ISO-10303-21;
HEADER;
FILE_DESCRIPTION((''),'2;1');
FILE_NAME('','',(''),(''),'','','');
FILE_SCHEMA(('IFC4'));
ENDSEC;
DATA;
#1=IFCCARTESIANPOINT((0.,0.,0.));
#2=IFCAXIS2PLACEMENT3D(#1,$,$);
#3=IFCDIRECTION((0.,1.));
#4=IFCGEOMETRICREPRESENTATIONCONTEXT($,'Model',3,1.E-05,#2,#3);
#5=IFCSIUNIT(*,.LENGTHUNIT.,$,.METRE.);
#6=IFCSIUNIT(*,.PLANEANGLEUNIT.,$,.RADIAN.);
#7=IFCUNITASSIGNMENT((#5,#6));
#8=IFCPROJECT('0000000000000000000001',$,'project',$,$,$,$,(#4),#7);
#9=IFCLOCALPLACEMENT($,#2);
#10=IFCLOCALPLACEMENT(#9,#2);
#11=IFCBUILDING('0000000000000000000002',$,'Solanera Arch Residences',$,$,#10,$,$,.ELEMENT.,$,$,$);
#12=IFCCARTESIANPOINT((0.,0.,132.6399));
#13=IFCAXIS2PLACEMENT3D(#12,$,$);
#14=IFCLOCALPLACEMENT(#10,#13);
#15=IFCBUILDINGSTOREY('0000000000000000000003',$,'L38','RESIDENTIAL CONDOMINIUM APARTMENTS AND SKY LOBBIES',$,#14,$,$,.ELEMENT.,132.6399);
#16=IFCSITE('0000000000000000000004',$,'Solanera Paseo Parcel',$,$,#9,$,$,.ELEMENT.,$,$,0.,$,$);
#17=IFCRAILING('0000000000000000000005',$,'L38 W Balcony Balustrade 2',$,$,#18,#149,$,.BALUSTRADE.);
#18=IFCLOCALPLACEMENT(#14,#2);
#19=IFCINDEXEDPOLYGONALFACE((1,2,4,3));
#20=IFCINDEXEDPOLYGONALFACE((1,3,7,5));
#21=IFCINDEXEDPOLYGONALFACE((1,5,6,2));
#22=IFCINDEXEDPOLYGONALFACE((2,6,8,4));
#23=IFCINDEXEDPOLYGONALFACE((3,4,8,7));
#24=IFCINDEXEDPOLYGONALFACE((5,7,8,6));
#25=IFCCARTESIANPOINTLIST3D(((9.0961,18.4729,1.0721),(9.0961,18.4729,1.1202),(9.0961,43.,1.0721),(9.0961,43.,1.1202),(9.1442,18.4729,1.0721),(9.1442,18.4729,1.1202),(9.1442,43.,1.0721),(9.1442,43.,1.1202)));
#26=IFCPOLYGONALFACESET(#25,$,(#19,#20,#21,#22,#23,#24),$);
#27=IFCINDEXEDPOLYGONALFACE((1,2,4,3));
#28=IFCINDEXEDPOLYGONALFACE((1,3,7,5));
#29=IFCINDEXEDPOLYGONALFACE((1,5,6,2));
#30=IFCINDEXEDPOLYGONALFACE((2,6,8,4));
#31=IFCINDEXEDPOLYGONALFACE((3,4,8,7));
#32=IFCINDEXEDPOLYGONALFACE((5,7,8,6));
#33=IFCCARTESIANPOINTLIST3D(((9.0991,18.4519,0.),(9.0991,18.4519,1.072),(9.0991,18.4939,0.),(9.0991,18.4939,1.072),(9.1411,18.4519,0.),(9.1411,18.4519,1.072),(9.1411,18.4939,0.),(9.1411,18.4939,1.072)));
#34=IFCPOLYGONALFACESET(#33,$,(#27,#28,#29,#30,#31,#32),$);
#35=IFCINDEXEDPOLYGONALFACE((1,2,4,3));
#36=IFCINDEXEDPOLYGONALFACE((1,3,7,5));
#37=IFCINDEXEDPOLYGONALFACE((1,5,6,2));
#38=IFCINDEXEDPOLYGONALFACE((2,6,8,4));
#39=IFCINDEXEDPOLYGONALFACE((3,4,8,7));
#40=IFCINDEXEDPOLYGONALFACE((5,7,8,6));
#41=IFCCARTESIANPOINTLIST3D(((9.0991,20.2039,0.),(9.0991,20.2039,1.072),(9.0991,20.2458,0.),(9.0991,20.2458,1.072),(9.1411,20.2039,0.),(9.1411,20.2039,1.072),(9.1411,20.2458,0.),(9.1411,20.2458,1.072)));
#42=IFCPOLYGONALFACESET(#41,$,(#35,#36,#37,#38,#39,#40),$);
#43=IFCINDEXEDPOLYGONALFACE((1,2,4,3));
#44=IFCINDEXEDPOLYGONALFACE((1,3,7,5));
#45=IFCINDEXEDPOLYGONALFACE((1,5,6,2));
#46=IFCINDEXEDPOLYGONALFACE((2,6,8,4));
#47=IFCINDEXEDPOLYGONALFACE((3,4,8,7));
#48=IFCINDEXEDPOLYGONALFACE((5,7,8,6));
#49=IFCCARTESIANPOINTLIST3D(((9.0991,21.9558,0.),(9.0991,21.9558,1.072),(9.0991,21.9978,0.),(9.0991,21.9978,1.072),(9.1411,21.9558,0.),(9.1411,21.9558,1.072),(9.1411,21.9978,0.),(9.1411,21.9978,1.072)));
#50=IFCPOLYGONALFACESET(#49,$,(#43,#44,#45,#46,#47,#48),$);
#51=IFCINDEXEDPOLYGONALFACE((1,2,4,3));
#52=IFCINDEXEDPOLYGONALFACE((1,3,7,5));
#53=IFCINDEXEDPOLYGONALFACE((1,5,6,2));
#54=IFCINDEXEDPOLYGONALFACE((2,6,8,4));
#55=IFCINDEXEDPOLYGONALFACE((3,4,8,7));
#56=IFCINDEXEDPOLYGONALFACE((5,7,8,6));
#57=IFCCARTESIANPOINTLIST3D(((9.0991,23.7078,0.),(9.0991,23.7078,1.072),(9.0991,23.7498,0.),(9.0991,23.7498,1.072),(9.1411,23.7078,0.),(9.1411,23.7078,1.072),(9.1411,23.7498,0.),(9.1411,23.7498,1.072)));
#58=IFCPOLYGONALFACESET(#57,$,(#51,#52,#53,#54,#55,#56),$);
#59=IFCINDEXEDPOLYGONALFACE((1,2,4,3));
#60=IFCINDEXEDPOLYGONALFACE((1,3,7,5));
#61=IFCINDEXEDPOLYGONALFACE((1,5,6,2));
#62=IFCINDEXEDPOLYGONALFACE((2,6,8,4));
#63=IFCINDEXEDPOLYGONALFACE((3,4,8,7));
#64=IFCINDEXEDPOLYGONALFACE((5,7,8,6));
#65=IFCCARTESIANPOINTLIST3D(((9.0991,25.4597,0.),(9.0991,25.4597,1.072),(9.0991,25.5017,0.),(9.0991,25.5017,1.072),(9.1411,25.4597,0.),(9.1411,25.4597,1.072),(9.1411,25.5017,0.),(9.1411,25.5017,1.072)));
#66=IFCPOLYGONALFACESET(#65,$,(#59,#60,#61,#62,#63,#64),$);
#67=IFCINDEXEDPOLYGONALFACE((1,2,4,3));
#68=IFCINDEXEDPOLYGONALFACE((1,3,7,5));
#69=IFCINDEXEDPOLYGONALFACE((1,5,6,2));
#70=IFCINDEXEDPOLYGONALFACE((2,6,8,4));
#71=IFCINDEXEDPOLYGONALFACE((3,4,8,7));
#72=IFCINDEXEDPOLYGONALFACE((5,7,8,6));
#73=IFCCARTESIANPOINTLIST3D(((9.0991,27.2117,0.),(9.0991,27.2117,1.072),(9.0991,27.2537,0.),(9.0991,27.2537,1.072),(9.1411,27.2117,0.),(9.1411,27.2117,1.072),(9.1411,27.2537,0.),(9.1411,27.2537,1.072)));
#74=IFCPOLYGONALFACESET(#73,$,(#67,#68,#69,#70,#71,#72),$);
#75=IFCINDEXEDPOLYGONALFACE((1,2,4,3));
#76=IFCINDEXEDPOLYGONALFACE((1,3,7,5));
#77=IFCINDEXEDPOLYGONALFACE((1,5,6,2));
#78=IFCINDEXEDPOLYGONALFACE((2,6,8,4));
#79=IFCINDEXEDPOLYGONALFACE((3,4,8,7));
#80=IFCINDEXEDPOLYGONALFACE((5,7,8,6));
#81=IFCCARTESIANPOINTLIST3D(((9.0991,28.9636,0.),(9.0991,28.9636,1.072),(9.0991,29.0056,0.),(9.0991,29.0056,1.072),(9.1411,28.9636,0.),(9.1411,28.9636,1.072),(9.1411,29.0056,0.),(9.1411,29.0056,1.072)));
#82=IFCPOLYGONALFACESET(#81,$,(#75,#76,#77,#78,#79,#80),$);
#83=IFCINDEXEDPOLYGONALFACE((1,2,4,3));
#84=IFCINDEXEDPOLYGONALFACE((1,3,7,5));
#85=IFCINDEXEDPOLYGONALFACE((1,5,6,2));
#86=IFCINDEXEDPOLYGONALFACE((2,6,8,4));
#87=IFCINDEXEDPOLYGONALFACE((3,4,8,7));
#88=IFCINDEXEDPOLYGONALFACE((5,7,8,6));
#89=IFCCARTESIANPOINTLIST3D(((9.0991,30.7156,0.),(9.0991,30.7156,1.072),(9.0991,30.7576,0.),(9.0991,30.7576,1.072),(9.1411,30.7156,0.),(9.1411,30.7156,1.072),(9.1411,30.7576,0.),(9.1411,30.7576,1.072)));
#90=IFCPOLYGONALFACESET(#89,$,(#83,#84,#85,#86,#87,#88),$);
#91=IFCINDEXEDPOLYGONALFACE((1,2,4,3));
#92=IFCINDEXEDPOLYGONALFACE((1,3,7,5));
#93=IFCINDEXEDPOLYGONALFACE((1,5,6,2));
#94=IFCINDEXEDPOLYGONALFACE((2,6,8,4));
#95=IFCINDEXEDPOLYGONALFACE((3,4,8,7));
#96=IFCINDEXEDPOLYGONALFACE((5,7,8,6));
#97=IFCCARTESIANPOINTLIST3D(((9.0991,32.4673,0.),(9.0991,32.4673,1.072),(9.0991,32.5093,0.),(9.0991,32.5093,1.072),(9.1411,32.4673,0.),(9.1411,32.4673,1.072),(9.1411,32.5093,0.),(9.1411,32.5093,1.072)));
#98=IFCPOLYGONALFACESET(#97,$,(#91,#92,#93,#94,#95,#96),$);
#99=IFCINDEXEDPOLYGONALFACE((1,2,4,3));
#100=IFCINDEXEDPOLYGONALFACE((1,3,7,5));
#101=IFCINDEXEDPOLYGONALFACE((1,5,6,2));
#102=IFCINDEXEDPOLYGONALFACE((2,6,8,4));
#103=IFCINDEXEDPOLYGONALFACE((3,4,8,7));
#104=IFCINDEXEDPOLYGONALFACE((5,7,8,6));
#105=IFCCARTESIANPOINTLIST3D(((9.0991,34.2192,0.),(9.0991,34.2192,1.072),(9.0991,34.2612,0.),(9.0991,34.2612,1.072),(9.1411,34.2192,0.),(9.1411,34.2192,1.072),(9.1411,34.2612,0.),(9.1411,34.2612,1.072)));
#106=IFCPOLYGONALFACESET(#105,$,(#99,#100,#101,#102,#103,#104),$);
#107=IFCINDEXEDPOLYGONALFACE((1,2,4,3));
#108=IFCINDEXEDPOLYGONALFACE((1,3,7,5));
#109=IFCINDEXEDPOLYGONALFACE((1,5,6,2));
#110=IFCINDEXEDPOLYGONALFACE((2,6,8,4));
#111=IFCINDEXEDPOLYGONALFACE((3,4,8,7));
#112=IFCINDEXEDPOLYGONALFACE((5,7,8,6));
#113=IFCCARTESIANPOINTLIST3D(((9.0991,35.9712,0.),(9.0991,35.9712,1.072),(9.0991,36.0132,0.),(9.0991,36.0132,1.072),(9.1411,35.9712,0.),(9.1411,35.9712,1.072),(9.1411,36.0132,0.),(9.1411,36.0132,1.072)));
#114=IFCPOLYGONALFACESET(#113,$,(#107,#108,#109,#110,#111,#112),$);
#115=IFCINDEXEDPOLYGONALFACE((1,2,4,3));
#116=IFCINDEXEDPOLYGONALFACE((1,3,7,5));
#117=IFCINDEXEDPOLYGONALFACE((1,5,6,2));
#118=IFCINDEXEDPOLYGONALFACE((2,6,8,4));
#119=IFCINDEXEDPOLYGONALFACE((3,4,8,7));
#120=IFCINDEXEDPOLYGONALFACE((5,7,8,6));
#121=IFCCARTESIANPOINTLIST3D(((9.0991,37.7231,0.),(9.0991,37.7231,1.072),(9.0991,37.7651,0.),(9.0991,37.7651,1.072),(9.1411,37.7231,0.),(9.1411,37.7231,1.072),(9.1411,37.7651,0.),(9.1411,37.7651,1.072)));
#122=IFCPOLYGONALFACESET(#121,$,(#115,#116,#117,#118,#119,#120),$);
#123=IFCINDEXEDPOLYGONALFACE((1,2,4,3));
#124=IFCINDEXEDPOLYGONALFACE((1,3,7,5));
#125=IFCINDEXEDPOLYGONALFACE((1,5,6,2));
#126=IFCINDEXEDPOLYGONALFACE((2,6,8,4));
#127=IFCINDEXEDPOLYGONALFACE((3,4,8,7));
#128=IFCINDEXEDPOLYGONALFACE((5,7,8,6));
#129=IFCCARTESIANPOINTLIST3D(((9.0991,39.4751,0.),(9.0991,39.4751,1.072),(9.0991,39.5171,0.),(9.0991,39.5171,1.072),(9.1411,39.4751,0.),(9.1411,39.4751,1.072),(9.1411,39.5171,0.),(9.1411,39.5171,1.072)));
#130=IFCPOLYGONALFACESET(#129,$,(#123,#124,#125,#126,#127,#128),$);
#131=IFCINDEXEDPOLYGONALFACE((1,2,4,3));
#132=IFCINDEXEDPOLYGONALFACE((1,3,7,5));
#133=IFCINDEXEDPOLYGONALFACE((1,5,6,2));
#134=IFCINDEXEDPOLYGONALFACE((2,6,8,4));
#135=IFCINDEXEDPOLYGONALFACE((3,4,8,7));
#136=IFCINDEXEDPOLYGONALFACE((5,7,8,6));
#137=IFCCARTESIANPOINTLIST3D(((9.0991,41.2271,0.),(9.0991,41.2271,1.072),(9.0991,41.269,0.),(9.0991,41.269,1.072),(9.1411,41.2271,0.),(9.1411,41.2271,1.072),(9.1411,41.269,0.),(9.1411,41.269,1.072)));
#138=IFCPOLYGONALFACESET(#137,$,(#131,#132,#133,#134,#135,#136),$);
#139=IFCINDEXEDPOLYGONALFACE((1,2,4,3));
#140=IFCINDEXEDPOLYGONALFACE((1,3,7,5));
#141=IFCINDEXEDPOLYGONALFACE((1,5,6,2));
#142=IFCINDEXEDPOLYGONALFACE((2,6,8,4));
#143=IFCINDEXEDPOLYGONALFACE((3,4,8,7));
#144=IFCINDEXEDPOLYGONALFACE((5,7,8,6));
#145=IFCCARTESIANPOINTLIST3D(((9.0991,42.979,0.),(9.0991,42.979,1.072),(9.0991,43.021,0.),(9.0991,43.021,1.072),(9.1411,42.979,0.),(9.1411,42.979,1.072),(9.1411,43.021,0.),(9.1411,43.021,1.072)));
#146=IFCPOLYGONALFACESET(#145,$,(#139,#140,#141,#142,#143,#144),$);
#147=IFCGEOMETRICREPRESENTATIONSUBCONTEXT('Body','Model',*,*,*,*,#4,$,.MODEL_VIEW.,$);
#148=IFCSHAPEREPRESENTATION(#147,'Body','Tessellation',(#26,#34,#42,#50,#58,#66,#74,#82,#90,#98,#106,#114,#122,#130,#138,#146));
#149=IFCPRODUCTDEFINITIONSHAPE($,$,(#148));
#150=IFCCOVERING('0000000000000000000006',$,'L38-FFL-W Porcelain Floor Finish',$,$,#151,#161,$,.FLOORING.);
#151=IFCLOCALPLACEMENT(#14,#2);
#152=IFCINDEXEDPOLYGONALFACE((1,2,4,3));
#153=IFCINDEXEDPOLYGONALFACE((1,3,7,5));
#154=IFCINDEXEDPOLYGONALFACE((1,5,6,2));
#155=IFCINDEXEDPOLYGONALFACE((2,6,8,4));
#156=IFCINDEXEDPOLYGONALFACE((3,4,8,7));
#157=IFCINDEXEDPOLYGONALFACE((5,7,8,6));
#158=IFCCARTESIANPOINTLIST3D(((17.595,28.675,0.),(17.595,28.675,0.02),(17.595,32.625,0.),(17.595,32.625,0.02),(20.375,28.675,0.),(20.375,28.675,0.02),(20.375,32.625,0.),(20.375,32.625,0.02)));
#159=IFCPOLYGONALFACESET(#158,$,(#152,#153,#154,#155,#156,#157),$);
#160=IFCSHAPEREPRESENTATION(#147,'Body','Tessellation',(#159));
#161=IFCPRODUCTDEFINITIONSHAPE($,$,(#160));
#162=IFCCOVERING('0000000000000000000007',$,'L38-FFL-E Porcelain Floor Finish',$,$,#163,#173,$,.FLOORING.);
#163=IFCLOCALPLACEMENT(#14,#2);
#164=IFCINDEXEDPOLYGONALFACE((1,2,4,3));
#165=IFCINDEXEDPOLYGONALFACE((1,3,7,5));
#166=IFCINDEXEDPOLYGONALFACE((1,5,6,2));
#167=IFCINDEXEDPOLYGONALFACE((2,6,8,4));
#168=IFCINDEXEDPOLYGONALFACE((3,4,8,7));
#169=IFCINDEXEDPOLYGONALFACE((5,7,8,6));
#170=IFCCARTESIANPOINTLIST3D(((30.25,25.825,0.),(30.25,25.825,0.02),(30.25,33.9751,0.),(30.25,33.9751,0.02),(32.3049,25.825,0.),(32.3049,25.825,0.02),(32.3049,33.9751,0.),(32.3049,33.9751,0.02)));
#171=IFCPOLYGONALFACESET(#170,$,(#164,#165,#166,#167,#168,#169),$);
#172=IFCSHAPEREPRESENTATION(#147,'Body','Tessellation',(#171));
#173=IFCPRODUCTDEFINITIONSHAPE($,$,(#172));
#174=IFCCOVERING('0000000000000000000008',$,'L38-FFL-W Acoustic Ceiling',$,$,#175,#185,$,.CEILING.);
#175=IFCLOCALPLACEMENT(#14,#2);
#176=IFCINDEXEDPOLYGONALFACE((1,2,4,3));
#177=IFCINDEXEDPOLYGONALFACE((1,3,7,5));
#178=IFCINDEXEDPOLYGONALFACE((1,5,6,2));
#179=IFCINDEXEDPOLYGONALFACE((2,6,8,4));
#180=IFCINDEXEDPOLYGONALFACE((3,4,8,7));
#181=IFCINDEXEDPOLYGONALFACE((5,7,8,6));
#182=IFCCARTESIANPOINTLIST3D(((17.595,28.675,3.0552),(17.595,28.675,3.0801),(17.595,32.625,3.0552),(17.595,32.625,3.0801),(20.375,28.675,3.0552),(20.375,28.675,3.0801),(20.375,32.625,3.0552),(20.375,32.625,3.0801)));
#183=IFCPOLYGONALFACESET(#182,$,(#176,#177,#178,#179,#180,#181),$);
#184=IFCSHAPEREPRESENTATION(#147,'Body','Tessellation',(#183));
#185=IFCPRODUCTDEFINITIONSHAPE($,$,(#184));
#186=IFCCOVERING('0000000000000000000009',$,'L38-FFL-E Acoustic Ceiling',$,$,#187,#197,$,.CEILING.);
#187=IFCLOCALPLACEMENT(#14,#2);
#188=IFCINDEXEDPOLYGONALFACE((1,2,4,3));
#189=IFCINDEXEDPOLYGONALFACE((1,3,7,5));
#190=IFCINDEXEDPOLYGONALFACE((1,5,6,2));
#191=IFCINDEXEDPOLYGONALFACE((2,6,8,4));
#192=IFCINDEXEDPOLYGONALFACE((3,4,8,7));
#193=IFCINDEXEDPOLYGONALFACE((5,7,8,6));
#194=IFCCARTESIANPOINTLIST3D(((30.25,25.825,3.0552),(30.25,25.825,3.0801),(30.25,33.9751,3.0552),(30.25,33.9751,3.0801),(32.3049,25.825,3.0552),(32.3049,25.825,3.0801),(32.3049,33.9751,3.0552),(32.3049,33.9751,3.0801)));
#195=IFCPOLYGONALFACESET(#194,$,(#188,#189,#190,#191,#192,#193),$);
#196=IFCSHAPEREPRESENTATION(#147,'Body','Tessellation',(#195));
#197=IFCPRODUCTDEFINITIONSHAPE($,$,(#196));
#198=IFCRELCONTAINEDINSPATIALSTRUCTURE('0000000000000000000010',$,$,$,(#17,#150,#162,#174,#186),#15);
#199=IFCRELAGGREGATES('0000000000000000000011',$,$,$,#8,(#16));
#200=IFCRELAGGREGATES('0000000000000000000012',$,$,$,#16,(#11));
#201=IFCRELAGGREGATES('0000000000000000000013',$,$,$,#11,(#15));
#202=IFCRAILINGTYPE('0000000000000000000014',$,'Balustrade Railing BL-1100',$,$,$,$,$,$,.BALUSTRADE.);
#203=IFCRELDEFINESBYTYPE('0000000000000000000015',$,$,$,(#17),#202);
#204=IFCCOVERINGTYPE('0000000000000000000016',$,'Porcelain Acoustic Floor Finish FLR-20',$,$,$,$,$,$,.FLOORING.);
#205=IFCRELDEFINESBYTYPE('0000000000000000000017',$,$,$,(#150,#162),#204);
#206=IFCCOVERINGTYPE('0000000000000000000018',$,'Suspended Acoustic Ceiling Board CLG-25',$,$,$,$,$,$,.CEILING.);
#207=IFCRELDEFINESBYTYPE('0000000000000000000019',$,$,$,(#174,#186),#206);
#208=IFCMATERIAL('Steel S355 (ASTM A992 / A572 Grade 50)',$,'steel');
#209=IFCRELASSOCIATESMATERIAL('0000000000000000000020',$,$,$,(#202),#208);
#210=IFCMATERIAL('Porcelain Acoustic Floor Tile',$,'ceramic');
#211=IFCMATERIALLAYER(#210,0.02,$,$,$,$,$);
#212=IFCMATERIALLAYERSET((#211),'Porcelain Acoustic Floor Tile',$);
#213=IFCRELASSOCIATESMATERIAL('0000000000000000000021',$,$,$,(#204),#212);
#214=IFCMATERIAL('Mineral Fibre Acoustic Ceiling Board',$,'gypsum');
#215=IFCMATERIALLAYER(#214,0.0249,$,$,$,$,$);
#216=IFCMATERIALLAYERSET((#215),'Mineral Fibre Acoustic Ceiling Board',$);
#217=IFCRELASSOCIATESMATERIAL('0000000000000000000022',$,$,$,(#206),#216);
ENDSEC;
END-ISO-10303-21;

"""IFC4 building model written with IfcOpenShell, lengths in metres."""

from ifc_helpers import new_model, si_unit, direction, frame, origin, origin_2d, place, context, subcontext, project, spatial, polyline, rectangle, outline, extrude, material, layer, layer_set, type_object, element, save


model = new_model("IFC4")

# Units and contexts
model_context = context("Model", 3, precision=1e-05, world=origin(), true_north=direction((0.0, 1.0)))
body_context = subcontext(model_context, "Body", "Model", "MODEL_VIEW")
ifc_project = project(units=[si_unit("LENGTHUNIT", "METRE"), si_unit("PLANEANGLEUNIT", "RADIAN")], contexts=[model_context])

# Site, building, storey
site_placement = place(None, origin())
site = spatial("IfcSite", under=ifc_project, at=site_placement, Name="Solanera Paseo Parcel", CompositionType="ELEMENT", RefElevation=0.0)
building_placement = place(site_placement, origin())
building = spatial("IfcBuilding", under=site, at=building_placement, Name="Solanera Arch Residences", CompositionType="ELEMENT")
storey_placement = place(building_placement, frame((0.0, 0.0, 132.6399)))
storey = spatial("IfcBuildingStorey", under=building, at=storey_placement, Name="L38", Description="RESIDENTIAL CONDOMINIUM APARTMENTS AND SKY LOBBIES", CompositionType="ELEMENT", Elevation=132.6399)

# Railing
ifc_material_1 = material(Name="Steel S355 (ASTM A992 / A572 Grade 50)", Category="steel")
railing_type = type_object("IfcRailingType", Name="Balustrade Railing BL-1100", PredefinedType="BALUSTRADE", material=ifc_material_1)
railing_placement = place(storey_placement, frame((9.1201, 18.4729, 0.0)))
element("IfcRailing", 1, at=railing_placement, inside=storey, type_object=railing_type, Name="L38 W Balcony Balustrade 2", PredefinedType="BALUSTRADE", context=body_context, shape_type="SweptSolid", body=[
    extrude(rectangle(XDim=0.0481, YDim=0.0481, at=origin_2d()), frame((0.0, 0.0, 1.0962), z_axis=(0.0, 1.0, 0.0), x_axis=(-1.0, 0.0, 0.0)), (0.0, 0.0, 1.0), 24.5271),
    extrude(rectangle(XDim=0.042, YDim=0.042, at=origin_2d()), origin(), (0.0, 0.0, 1.0), 1.072),
    extrude(rectangle(XDim=0.042, YDim=0.042, at=origin_2d()), frame((0.0, 1.752, 0.0)), (0.0, 0.0, 1.0), 1.072),
    extrude(rectangle(XDim=0.042, YDim=0.042, at=origin_2d()), frame((0.0, 3.5039, 0.0)), (0.0, 0.0, 1.0), 1.072),
    extrude(rectangle(XDim=0.042, YDim=0.042, at=origin_2d()), frame((0.0, 5.2559, 0.0)), (0.0, 0.0, 1.0), 1.072),
    extrude(rectangle(XDim=0.042, YDim=0.042, at=origin_2d()), frame((0.0, 7.0078, 0.0)), (0.0, 0.0, 1.0), 1.072),
    extrude(rectangle(XDim=0.042, YDim=0.042, at=origin_2d()), frame((0.0, 8.7598, 0.0)), (0.0, 0.0, 1.0), 1.072),
    extrude(rectangle(XDim=0.042, YDim=0.042, at=origin_2d()), frame((0.0, 10.5117, 0.0)), (0.0, 0.0, 1.0), 1.072),
    extrude(rectangle(XDim=0.042, YDim=0.042, at=origin_2d()), frame((0.0, 12.2637, 0.0)), (0.0, 0.0, 1.0), 1.072),
    extrude(rectangle(XDim=0.042, YDim=0.042, at=origin_2d()), frame((0.0, 14.0154, 0.0)), (0.0, 0.0, 1.0), 1.072),
    extrude(rectangle(XDim=0.042, YDim=0.042, at=origin_2d()), frame((0.0, 15.7673, 0.0)), (0.0, 0.0, 1.0), 1.072),
    extrude(rectangle(XDim=0.042, YDim=0.042, at=origin_2d()), frame((0.0, 17.5193, 0.0)), (0.0, 0.0, 1.0), 1.072),
    extrude(rectangle(XDim=0.042, YDim=0.042, at=origin_2d()), frame((0.0, 19.2712, 0.0)), (0.0, 0.0, 1.0), 1.072),
    extrude(rectangle(XDim=0.042, YDim=0.042, at=origin_2d()), frame((0.0, 21.0232, 0.0)), (0.0, 0.0, 1.0), 1.072),
    extrude(rectangle(XDim=0.042, YDim=0.042, at=origin_2d()), frame((0.0, 22.7751, 0.0)), (0.0, 0.0, 1.0), 1.072),
    extrude(rectangle(XDim=0.042, YDim=0.042, at=origin_2d()), frame((0.0, 24.5271, 0.0)), (0.0, 0.0, 1.0), 1.072),
])

# Coverings
ifc_material_2 = material(Name="Porcelain Acoustic Floor Tile", Category="ceramic")
ifc_layer_1 = layer(ifc_material_2, 0.02)
ifc_layer_set_1 = layer_set([ifc_layer_1], Name="Porcelain Acoustic Floor Tile")
covering_type_1 = type_object("IfcCoveringType", Name="Porcelain Acoustic Floor Finish FLR-20", PredefinedType="FLOORING", material=ifc_layer_set_1)
covering_1_placement = place(storey_placement, origin())
element("IfcCovering", 2, at=covering_1_placement, inside=storey, type_object=covering_type_1, Name="L38-FFL-W Porcelain Floor Finish", PredefinedType="FLOORING", context=body_context, shape_type="SweptSolid", body=[
    extrude(outline(polyline([(20.375, 28.675), (17.595, 28.675), (17.595, 32.625), (20.375, 32.625), (20.375, 28.675)])), origin(), (0.0, 0.0, 1.0), 0.02),
])
covering_2_placement = place(storey_placement, origin())
element("IfcCovering", 3, at=covering_2_placement, inside=storey, type_object=covering_type_1, Name="L38-FFL-E Porcelain Floor Finish", PredefinedType="FLOORING", context=body_context, shape_type="SweptSolid", body=[
    extrude(outline(polyline([(32.3049, 25.825), (30.25, 25.825), (30.25, 33.9751), (32.3049, 33.9751), (32.3049, 25.825)])), origin(), (0.0, 0.0, 1.0), 0.02),
])
ifc_material_3 = material(Name="Mineral Fibre Acoustic Ceiling Board", Category="gypsum")
ifc_layer_2 = layer(ifc_material_3, 0.0249)
ifc_layer_set_2 = layer_set([ifc_layer_2], Name="Mineral Fibre Acoustic Ceiling Board")
covering_type_2 = type_object("IfcCoveringType", Name="Suspended Acoustic Ceiling Board CLG-25", PredefinedType="CEILING", material=ifc_layer_set_2)
covering_3_placement = place(storey_placement, frame((0.0, 0.0, 3.0552)))
element("IfcCovering", 4, at=covering_3_placement, inside=storey, type_object=covering_type_2, Name="L38-FFL-W Acoustic Ceiling", PredefinedType="CEILING", context=body_context, shape_type="SweptSolid", body=[
    extrude(outline(polyline([(20.375, 28.675), (17.595, 28.675), (17.595, 32.625), (20.375, 32.625), (20.375, 28.675)])), origin(), (0.0, 0.0, 1.0), 0.0249),
])
covering_4_placement = place(storey_placement, frame((0.0, 0.0, 3.0552)))
element("IfcCovering", 5, at=covering_4_placement, inside=storey, type_object=covering_type_2, Name="L38-FFL-E Acoustic Ceiling", PredefinedType="CEILING", context=body_context, shape_type="SweptSolid", body=[
    extrude(outline(polyline([(32.3049, 25.825), (30.25, 25.825), (30.25, 33.9751), (32.3049, 33.9751), (32.3049, 25.825)])), origin(), (0.0, 0.0, 1.0), 0.0249),
])

save(model, "model.ifc")
